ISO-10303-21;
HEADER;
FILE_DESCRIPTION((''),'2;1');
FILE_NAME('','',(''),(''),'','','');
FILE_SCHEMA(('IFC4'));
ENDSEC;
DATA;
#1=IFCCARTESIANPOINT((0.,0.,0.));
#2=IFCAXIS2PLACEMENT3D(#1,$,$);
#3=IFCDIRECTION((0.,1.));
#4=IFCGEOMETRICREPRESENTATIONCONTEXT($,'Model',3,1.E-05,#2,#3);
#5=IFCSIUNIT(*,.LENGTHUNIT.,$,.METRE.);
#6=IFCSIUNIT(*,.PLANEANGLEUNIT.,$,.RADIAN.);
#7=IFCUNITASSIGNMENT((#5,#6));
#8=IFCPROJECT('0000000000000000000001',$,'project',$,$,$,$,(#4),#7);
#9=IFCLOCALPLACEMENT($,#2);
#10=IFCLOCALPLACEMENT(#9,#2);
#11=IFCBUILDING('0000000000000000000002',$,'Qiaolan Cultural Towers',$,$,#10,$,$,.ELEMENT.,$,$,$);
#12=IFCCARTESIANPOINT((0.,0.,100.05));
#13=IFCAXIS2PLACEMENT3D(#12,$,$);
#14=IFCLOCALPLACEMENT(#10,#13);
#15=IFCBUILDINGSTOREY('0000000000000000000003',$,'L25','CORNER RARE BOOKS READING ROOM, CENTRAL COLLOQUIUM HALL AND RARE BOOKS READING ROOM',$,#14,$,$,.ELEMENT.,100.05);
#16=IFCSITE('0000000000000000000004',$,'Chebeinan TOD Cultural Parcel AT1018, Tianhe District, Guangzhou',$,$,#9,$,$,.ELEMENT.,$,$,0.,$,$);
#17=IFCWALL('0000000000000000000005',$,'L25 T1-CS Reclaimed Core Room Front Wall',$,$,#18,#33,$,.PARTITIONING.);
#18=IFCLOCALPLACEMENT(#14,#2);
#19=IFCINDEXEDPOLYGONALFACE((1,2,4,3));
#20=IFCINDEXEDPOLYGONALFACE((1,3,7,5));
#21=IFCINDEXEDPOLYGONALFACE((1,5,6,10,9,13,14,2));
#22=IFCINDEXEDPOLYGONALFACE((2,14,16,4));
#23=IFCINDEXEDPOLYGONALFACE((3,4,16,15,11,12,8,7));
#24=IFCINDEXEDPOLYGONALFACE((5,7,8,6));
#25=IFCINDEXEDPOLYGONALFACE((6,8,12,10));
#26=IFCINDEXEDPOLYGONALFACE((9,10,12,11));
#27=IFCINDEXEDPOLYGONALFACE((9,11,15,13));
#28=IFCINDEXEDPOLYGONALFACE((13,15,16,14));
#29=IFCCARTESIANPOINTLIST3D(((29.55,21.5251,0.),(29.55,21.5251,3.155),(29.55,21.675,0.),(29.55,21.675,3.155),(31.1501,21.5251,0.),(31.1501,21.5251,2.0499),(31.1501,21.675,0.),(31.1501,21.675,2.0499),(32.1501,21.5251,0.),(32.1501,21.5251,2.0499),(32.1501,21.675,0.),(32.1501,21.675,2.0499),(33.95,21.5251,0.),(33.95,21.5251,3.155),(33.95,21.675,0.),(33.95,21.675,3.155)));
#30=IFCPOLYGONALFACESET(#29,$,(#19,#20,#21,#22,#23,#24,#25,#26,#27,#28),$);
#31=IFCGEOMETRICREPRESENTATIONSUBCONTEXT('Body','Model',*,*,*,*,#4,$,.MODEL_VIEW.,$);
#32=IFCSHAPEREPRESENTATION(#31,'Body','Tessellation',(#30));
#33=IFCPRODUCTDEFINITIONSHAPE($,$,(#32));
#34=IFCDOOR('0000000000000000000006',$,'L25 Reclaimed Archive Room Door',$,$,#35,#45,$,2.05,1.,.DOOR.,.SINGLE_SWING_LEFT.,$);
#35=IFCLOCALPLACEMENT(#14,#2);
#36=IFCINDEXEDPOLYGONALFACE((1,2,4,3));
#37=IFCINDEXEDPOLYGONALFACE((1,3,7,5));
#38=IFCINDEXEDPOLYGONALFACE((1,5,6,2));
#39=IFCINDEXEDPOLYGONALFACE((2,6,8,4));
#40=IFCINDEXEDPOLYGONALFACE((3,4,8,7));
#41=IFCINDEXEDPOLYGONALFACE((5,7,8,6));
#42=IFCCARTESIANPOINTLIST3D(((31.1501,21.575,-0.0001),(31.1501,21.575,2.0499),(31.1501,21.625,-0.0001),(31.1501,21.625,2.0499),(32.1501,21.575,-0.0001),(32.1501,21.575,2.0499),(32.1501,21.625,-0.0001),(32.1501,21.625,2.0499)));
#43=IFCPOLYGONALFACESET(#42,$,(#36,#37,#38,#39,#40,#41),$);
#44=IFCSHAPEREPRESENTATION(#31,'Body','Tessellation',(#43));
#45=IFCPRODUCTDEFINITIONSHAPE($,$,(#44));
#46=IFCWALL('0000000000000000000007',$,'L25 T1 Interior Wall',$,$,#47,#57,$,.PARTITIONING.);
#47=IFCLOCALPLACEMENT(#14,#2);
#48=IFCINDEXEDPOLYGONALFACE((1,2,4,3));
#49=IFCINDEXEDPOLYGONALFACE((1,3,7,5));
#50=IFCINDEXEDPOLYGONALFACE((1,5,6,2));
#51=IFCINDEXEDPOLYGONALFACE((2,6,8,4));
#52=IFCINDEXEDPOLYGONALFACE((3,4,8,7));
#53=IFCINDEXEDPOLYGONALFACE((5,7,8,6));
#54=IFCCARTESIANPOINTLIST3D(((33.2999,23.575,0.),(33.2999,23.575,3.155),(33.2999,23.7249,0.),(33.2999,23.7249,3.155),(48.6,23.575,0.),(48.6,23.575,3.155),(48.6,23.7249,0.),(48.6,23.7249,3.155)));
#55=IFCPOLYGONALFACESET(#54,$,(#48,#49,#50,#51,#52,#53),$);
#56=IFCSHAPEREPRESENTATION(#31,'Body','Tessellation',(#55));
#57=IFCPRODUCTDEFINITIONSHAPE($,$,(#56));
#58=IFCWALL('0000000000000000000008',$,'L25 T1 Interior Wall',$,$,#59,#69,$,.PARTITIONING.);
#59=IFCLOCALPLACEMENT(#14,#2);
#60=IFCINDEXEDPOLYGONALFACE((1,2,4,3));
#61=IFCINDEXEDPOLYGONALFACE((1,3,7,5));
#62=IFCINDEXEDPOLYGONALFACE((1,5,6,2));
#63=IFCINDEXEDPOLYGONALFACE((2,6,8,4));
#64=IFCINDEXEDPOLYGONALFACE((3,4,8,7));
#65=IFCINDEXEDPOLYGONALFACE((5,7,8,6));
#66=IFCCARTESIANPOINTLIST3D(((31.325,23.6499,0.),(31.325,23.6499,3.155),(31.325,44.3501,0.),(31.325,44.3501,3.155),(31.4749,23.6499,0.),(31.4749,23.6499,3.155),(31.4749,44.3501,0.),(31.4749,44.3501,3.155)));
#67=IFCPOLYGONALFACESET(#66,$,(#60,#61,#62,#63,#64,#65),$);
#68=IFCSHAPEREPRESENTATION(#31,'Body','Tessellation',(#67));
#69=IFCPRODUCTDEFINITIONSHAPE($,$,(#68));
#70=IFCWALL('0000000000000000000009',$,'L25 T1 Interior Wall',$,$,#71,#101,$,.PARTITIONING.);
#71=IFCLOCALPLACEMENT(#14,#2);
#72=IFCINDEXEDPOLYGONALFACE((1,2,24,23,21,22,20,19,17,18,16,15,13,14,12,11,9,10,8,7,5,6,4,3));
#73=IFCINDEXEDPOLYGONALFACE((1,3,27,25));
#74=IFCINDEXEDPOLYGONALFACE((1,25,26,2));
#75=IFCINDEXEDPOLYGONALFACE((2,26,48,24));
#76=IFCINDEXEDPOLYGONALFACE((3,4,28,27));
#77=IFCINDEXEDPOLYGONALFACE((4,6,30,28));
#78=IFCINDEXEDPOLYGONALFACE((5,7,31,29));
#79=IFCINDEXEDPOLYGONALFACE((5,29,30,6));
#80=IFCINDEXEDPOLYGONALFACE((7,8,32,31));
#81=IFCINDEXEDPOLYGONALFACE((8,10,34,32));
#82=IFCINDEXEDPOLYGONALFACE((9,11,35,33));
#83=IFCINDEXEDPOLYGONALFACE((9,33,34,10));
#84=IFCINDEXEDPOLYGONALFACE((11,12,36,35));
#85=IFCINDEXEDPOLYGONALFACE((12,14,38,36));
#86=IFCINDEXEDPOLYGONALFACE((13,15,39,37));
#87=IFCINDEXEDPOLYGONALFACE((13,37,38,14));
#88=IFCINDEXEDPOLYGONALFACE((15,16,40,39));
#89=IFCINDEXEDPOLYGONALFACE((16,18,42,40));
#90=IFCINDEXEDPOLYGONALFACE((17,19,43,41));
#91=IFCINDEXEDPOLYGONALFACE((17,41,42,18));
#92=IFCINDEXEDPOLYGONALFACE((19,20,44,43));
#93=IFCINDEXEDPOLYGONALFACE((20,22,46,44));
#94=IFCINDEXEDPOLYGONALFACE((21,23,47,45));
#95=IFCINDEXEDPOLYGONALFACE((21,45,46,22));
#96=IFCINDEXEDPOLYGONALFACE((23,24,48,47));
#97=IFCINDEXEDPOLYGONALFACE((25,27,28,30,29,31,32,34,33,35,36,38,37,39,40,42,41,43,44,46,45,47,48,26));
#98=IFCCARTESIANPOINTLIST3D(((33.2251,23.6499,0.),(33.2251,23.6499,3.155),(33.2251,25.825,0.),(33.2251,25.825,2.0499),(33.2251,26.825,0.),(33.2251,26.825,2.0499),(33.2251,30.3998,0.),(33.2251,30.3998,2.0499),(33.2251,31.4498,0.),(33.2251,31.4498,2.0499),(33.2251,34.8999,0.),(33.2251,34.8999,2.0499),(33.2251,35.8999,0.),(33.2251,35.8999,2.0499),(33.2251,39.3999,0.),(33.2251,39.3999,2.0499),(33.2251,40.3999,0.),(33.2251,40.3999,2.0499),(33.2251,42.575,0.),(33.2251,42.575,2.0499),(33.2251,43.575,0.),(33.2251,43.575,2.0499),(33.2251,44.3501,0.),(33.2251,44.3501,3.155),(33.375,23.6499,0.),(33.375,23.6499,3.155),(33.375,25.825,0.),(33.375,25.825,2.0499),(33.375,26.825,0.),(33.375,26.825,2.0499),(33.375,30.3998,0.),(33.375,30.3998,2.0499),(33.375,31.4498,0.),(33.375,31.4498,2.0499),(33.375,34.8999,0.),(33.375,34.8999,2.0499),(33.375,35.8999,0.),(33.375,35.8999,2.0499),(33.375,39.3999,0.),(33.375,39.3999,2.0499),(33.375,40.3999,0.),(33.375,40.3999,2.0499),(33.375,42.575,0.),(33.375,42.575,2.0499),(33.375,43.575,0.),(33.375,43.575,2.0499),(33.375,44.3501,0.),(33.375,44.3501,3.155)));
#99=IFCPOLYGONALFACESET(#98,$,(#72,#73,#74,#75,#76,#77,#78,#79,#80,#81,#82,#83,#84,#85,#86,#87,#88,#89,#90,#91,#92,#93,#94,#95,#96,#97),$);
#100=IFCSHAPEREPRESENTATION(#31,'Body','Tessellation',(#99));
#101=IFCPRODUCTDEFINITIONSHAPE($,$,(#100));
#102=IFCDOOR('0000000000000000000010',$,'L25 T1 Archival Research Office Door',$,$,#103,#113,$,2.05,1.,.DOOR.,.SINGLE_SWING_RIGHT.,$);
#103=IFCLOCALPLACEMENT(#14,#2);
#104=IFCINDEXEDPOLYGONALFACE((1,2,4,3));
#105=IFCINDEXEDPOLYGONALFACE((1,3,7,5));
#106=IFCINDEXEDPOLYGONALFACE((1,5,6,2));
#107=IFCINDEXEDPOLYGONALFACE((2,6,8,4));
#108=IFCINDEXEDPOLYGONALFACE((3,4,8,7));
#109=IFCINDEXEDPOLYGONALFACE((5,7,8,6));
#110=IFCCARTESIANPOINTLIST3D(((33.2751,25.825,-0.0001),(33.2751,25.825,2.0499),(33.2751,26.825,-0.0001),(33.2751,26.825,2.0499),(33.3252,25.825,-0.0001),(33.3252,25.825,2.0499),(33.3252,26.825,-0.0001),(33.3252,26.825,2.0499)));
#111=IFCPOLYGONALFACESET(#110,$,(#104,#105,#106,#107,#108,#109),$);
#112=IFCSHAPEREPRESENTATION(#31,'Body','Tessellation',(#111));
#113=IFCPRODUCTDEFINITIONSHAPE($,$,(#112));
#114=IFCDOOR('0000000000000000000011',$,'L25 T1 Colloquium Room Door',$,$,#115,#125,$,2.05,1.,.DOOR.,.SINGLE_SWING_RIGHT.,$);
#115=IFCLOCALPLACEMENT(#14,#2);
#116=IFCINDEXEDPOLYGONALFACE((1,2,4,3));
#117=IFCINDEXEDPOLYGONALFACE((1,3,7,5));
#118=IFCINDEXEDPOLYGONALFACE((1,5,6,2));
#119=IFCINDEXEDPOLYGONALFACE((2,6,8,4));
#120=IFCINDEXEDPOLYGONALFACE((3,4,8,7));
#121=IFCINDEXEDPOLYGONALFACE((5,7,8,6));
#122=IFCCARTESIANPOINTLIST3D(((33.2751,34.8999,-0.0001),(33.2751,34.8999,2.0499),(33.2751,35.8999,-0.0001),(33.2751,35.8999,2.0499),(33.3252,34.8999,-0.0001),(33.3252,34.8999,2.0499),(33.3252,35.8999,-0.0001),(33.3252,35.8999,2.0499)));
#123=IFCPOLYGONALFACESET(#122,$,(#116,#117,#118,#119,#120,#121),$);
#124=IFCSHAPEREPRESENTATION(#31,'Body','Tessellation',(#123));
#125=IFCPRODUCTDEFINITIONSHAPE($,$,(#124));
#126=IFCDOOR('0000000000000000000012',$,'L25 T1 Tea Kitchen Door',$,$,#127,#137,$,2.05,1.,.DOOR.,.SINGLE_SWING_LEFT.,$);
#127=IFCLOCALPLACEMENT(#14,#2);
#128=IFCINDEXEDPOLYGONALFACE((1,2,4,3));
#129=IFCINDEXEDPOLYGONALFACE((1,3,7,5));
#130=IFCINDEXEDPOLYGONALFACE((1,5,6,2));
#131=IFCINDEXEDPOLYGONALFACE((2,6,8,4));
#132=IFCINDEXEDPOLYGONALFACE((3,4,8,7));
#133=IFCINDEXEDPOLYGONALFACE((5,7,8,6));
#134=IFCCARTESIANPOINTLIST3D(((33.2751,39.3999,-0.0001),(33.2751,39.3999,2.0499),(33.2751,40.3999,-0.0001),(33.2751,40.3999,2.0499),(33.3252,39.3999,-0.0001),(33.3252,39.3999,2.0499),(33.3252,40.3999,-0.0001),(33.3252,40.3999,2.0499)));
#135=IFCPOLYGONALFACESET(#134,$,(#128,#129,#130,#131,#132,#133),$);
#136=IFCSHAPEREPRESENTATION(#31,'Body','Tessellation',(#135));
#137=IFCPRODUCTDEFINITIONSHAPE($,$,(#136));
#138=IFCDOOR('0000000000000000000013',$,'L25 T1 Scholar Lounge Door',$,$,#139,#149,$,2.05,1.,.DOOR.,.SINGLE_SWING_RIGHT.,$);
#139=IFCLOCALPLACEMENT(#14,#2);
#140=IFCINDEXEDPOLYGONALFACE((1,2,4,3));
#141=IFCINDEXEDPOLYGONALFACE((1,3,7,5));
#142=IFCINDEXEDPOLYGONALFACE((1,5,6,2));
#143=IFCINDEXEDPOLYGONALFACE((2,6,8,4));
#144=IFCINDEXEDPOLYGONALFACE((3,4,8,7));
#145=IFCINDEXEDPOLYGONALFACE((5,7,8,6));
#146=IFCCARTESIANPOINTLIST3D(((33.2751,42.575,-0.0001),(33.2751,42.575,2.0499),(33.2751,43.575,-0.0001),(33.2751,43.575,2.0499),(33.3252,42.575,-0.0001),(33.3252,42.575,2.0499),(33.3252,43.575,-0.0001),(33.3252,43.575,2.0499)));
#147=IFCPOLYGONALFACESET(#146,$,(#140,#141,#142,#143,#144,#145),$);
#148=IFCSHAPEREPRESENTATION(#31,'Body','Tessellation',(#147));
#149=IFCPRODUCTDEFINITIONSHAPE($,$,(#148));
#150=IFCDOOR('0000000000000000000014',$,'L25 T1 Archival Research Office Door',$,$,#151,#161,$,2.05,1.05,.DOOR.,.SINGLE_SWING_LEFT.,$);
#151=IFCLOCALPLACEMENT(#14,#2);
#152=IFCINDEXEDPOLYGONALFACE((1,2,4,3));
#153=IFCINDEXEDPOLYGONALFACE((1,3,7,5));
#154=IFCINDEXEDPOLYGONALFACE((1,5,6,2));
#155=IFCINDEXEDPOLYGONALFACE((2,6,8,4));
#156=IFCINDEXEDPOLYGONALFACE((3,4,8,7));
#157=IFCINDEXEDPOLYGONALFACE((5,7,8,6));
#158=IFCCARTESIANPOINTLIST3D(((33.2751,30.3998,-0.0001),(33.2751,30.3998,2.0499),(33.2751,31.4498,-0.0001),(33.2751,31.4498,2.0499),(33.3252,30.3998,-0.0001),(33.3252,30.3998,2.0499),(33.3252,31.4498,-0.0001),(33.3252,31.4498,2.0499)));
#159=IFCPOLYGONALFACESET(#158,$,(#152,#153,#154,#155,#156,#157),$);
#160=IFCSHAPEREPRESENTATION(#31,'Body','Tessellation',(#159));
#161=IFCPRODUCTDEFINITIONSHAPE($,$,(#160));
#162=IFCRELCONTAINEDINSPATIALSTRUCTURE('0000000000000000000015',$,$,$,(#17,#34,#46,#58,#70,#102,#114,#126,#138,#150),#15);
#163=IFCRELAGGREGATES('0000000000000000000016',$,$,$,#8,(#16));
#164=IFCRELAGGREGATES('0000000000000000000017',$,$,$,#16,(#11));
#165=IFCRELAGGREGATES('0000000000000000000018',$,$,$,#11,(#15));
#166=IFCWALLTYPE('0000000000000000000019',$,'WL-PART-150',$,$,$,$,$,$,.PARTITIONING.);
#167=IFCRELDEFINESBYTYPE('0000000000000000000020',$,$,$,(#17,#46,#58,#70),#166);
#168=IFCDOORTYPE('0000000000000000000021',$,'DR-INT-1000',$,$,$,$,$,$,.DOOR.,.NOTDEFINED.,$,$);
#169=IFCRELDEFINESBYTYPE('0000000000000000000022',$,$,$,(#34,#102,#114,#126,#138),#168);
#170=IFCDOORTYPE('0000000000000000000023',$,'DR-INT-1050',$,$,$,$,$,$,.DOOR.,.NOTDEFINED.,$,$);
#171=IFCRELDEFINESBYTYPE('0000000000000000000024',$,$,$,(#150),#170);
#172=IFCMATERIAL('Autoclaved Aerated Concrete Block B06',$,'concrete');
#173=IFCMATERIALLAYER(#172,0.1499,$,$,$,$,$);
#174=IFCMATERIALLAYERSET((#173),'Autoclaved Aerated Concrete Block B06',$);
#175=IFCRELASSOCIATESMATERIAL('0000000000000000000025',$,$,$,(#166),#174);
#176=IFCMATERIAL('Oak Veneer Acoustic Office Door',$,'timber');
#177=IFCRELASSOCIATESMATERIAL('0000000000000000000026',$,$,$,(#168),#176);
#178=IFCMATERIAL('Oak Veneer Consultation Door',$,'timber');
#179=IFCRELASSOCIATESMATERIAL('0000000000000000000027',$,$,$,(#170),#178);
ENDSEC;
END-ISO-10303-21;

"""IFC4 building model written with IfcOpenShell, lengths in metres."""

from ifc_helpers import new_model, si_unit, direction, frame, frame_2d, origin, place, context, subcontext, project, spatial, rectangle, extrude, material, layer, layer_set, type_object, element, fill, save


model = new_model("IFC4")

# Units and contexts
model_context = context("Model", 3, precision=1e-05, world=origin(), true_north=direction((0.0, 1.0)))
body_context = subcontext(model_context, "Body", "Model", "MODEL_VIEW")
ifc_project = project(units=[si_unit("LENGTHUNIT", "METRE"), si_unit("PLANEANGLEUNIT", "RADIAN")], contexts=[model_context])

# Site, building, storey
site_placement = place(None, origin())
site = spatial("IfcSite", under=ifc_project, at=site_placement, Name="Chebeinan TOD Cultural Parcel AT1018, Tianhe District, Guangzhou", CompositionType="ELEMENT", RefElevation=0.0)
building_placement = place(site_placement, origin())
building = spatial("IfcBuilding", under=site, at=building_placement, Name="Qiaolan Cultural Towers", CompositionType="ELEMENT")
storey_placement = place(building_placement, frame((0.0, 0.0, 100.05)))
storey = spatial("IfcBuildingStorey", under=building, at=storey_placement, Name="L25", Description="CORNER RARE BOOKS READING ROOM, CENTRAL COLLOQUIUM HALL AND RARE BOOKS READING ROOM", CompositionType="ELEMENT", Elevation=100.05)

# Wall, opening, door
ifc_material_1 = material(Name="Autoclaved Aerated Concrete Block B06", Category="concrete")
ifc_layer_1 = layer(ifc_material_1, 0.1499)
ifc_layer_set_1 = layer_set([ifc_layer_1], Name="Autoclaved Aerated Concrete Block B06")
wall_type_1 = type_object("IfcWallType", Name="WL-PART-150", PredefinedType="PARTITIONING", material=ifc_layer_set_1)
wall_1_placement = place(storey_placement, frame((29.55, 21.6001, 0.0), z_axis=(0.0, 0.0, 1.0), x_axis=(1.0, 0.0, 0.0)))
wall_1 = element("IfcWall", 1, at=wall_1_placement, inside=storey, type_object=wall_type_1, Name="L25 T1-CS Reclaimed Core Room Front Wall", PredefinedType="PARTITIONING", context=body_context, shape_type="SweptSolid", body=[
    extrude(rectangle(XDim=4.3999, YDim=0.1499, at=frame_2d((2.2, 0.0))), origin(), (0.0, 0.0, 1.0), 3.155),
])
opening_1_placement = place(wall_1_placement, frame((1.6001, 0.0, 0.0)))
opening_1 = element("IfcOpeningElement", 2, at=opening_1_placement, cuts=wall_1, PredefinedType="OPENING", context=body_context, shape_type="SweptSolid", body=[
    extrude(rectangle(XDim=1.0, YDim=2.05, at=frame_2d((0.5, 1.0249))), frame((0.0, 0.085, 0.0), z_axis=(0.0, -1.0, 0.0), x_axis=(1.0, 0.0, 0.0)), (0.0, 0.0, 1.0), 0.1699),
])
ifc_material_2 = material(Name="Oak Veneer Acoustic Office Door", Category="timber")
door_type_1 = type_object("IfcDoorType", Name="DR-INT-1000", OperationType="NOTDEFINED", PredefinedType="DOOR", material=ifc_material_2)
door_1_placement = place(opening_1_placement, origin())
door_1 = element("IfcDoor", 3, at=door_1_placement, inside=storey, type_object=door_type_1, Name="L25 Reclaimed Archive Room Door", OperationType="SINGLE_SWING_LEFT", OverallHeight=2.05, OverallWidth=1.0, PredefinedType="DOOR", context=body_context, shape_type="SweptSolid", body=[
    extrude(rectangle(XDim=1.0, YDim=2.05, at=frame_2d((0.5, 1.0249))), frame((0.0, 0.0249, 0.0), z_axis=(0.0, -1.0, 0.0), x_axis=(1.0, 0.0, 0.0)), (0.0, 0.0, 1.0), 0.05),
])
fill(opening_1, door_1)

# Walls
wall_2_placement = place(storey_placement, frame((33.3, 23.6499, 0.0), z_axis=(0.0, 0.0, 1.0), x_axis=(1.0, 0.0, 0.0)))
element("IfcWall", 4, at=wall_2_placement, inside=storey, type_object=wall_type_1, Name="L25 T1 Interior Wall", PredefinedType="PARTITIONING", context=body_context, shape_type="SweptSolid", body=[
    extrude(rectangle(XDim=15.3, YDim=0.1499, at=frame_2d((7.6499, 0.0))), origin(), (0.0, 0.0, 1.0), 3.155),
])
wall_3_placement = place(storey_placement, frame((31.3999, 23.6499, 0.0), z_axis=(0.0, 0.0, 1.0), x_axis=(0.0, 1.0, 0.0)))
element("IfcWall", 5, at=wall_3_placement, inside=storey, type_object=wall_type_1, Name="L25 T1 Interior Wall", PredefinedType="PARTITIONING", context=body_context, shape_type="SweptSolid", body=[
    extrude(rectangle(XDim=20.7002, YDim=0.1499, at=frame_2d((10.3501, 0.0))), origin(), (0.0, 0.0, 1.0), 3.155),
])

# Wall, openings, doors
wall_4_placement = place(storey_placement, frame((33.3, 23.6499, 0.0), z_axis=(0.0, 0.0, 1.0), x_axis=(0.0, 1.0, 0.0)))
wall_4 = element("IfcWall", 6, at=wall_4_placement, inside=storey, type_object=wall_type_1, Name="L25 T1 Interior Wall", PredefinedType="PARTITIONING", context=body_context, shape_type="SweptSolid", body=[
    extrude(rectangle(XDim=20.7002, YDim=0.1499, at=frame_2d((10.3501, 0.0))), origin(), (0.0, 0.0, 1.0), 3.155),
])
opening_2_placement = place(wall_4_placement, frame((2.175, 0.0, 0.0)))
opening_2 = element("IfcOpeningElement", 7, at=opening_2_placement, cuts=wall_4, PredefinedType="OPENING", context=body_context, shape_type="SweptSolid", body=[
    extrude(rectangle(XDim=1.0, YDim=2.05, at=frame_2d((0.5, 1.0249))), frame((0.0, 0.085, 0.0), z_axis=(0.0, -1.0, 0.0), x_axis=(1.0, 0.0, 0.0)), (0.0, 0.0, 1.0), 0.1699),
])
opening_3_placement = place(wall_4_placement, frame((6.75, 0.0, 0.0)))
opening_3 = element("IfcOpeningElement", 8, at=opening_3_placement, cuts=wall_4, PredefinedType="OPENING", context=body_context, shape_type="SweptSolid", body=[
    extrude(rectangle(XDim=1.05, YDim=2.05, at=frame_2d((0.5249, 1.0249))), frame((0.0, 0.085, 0.0), z_axis=(0.0, -1.0, 0.0), x_axis=(1.0, 0.0, 0.0)), (0.0, 0.0, 1.0), 0.1699),
])
opening_4_placement = place(wall_4_placement, frame((11.25, 0.0, 0.0)))
opening_4 = element("IfcOpeningElement", 9, at=opening_4_placement, cuts=wall_4, PredefinedType="OPENING", context=body_context, shape_type="SweptSolid", body=[
    extrude(rectangle(XDim=1.0, YDim=2.05, at=frame_2d((0.5, 1.0249))), frame((0.0, 0.085, 0.0), z_axis=(0.0, -1.0, 0.0), x_axis=(1.0, 0.0, 0.0)), (0.0, 0.0, 1.0), 0.1699),
])
opening_5_placement = place(wall_4_placement, frame((15.75, 0.0, 0.0)))
opening_5 = element("IfcOpeningElement", 10, at=opening_5_placement, cuts=wall_4, PredefinedType="OPENING", context=body_context, shape_type="SweptSolid", body=[
    extrude(rectangle(XDim=1.0, YDim=2.05, at=frame_2d((0.5, 1.0249))), frame((0.0, 0.085, 0.0), z_axis=(0.0, -1.0, 0.0), x_axis=(1.0, 0.0, 0.0)), (0.0, 0.0, 1.0), 0.1699),
])
opening_6_placement = place(wall_4_placement, frame((18.925, 0.0, 0.0)))
opening_6 = element("IfcOpeningElement", 11, at=opening_6_placement, cuts=wall_4, PredefinedType="OPENING", context=body_context, shape_type="SweptSolid", body=[
    extrude(rectangle(XDim=1.0, YDim=2.05, at=frame_2d((0.5, 1.0249))), frame((0.0, 0.085, 0.0), z_axis=(0.0, -1.0, 0.0), x_axis=(1.0, 0.0, 0.0)), (0.0, 0.0, 1.0), 0.1699),
])
door_2_placement = place(opening_2_placement, origin())
door_2 = element("IfcDoor", 12, at=door_2_placement, inside=storey, type_object=door_type_1, Name="L25 T1 Archival Research Office Door", OperationType="SINGLE_SWING_RIGHT", OverallHeight=2.05, OverallWidth=1.0, PredefinedType="DOOR", context=body_context, shape_type="SweptSolid", body=[
    extrude(rectangle(XDim=1.0, YDim=2.05, at=frame_2d((0.5, 1.0249))), frame((0.0, 0.0249, 0.0), z_axis=(0.0, -1.0, 0.0), x_axis=(1.0, 0.0, 0.0)), (0.0, 0.0, 1.0), 0.05),
])
fill(opening_2, door_2)
door_3_placement = place(opening_4_placement, origin())
door_3 = element("IfcDoor", 13, at=door_3_placement, inside=storey, type_object=door_type_1, Name="L25 T1 Colloquium Room Door", OperationType="SINGLE_SWING_RIGHT", OverallHeight=2.05, OverallWidth=1.0, PredefinedType="DOOR", context=body_context, shape_type="SweptSolid", body=[
    extrude(rectangle(XDim=1.0, YDim=2.05, at=frame_2d((0.5, 1.0249))), frame((0.0, 0.0249, 0.0), z_axis=(0.0, -1.0, 0.0), x_axis=(1.0, 0.0, 0.0)), (0.0, 0.0, 1.0), 0.05),
])
fill(opening_4, door_3)
door_4_placement = place(opening_5_placement, origin())
door_4 = element("IfcDoor", 14, at=door_4_placement, inside=storey, type_object=door_type_1, Name="L25 T1 Tea Kitchen Door", OperationType="SINGLE_SWING_LEFT", OverallHeight=2.05, OverallWidth=1.0, PredefinedType="DOOR", context=body_context, shape_type="SweptSolid", body=[
    extrude(rectangle(XDim=1.0, YDim=2.05, at=frame_2d((0.5, 1.0249))), frame((0.0, 0.0249, 0.0), z_axis=(0.0, -1.0, 0.0), x_axis=(1.0, 0.0, 0.0)), (0.0, 0.0, 1.0), 0.05),
])
fill(opening_5, door_4)
door_5_placement = place(opening_6_placement, origin())
door_5 = element("IfcDoor", 15, at=door_5_placement, inside=storey, type_object=door_type_1, Name="L25 T1 Scholar Lounge Door", OperationType="SINGLE_SWING_RIGHT", OverallHeight=2.05, OverallWidth=1.0, PredefinedType="DOOR", context=body_context, shape_type="SweptSolid", body=[
    extrude(rectangle(XDim=1.0, YDim=2.05, at=frame_2d((0.5, 1.0249))), frame((0.0, 0.0249, 0.0), z_axis=(0.0, -1.0, 0.0), x_axis=(1.0, 0.0, 0.0)), (0.0, 0.0, 1.0), 0.05),
])
fill(opening_6, door_5)
ifc_material_3 = material(Name="Oak Veneer Consultation Door", Category="timber")
door_type_2 = type_object("IfcDoorType", Name="DR-INT-1050", OperationType="NOTDEFINED", PredefinedType="DOOR", material=ifc_material_3)
door_6_placement = place(opening_3_placement, origin())
door_6 = element("IfcDoor", 16, at=door_6_placement, inside=storey, type_object=door_type_2, Name="L25 T1 Archival Research Office Door", OperationType="SINGLE_SWING_LEFT", OverallHeight=2.05, OverallWidth=1.05, PredefinedType="DOOR", context=body_context, shape_type="SweptSolid", body=[
    extrude(rectangle(XDim=1.05, YDim=2.05, at=frame_2d((0.5249, 1.0249))), frame((0.0, 0.0249, 0.0), z_axis=(0.0, -1.0, 0.0), x_axis=(1.0, 0.0, 0.0)), (0.0, 0.0, 1.0), 0.05),
])
fill(opening_3, door_6)

save(model, "model.ifc")
